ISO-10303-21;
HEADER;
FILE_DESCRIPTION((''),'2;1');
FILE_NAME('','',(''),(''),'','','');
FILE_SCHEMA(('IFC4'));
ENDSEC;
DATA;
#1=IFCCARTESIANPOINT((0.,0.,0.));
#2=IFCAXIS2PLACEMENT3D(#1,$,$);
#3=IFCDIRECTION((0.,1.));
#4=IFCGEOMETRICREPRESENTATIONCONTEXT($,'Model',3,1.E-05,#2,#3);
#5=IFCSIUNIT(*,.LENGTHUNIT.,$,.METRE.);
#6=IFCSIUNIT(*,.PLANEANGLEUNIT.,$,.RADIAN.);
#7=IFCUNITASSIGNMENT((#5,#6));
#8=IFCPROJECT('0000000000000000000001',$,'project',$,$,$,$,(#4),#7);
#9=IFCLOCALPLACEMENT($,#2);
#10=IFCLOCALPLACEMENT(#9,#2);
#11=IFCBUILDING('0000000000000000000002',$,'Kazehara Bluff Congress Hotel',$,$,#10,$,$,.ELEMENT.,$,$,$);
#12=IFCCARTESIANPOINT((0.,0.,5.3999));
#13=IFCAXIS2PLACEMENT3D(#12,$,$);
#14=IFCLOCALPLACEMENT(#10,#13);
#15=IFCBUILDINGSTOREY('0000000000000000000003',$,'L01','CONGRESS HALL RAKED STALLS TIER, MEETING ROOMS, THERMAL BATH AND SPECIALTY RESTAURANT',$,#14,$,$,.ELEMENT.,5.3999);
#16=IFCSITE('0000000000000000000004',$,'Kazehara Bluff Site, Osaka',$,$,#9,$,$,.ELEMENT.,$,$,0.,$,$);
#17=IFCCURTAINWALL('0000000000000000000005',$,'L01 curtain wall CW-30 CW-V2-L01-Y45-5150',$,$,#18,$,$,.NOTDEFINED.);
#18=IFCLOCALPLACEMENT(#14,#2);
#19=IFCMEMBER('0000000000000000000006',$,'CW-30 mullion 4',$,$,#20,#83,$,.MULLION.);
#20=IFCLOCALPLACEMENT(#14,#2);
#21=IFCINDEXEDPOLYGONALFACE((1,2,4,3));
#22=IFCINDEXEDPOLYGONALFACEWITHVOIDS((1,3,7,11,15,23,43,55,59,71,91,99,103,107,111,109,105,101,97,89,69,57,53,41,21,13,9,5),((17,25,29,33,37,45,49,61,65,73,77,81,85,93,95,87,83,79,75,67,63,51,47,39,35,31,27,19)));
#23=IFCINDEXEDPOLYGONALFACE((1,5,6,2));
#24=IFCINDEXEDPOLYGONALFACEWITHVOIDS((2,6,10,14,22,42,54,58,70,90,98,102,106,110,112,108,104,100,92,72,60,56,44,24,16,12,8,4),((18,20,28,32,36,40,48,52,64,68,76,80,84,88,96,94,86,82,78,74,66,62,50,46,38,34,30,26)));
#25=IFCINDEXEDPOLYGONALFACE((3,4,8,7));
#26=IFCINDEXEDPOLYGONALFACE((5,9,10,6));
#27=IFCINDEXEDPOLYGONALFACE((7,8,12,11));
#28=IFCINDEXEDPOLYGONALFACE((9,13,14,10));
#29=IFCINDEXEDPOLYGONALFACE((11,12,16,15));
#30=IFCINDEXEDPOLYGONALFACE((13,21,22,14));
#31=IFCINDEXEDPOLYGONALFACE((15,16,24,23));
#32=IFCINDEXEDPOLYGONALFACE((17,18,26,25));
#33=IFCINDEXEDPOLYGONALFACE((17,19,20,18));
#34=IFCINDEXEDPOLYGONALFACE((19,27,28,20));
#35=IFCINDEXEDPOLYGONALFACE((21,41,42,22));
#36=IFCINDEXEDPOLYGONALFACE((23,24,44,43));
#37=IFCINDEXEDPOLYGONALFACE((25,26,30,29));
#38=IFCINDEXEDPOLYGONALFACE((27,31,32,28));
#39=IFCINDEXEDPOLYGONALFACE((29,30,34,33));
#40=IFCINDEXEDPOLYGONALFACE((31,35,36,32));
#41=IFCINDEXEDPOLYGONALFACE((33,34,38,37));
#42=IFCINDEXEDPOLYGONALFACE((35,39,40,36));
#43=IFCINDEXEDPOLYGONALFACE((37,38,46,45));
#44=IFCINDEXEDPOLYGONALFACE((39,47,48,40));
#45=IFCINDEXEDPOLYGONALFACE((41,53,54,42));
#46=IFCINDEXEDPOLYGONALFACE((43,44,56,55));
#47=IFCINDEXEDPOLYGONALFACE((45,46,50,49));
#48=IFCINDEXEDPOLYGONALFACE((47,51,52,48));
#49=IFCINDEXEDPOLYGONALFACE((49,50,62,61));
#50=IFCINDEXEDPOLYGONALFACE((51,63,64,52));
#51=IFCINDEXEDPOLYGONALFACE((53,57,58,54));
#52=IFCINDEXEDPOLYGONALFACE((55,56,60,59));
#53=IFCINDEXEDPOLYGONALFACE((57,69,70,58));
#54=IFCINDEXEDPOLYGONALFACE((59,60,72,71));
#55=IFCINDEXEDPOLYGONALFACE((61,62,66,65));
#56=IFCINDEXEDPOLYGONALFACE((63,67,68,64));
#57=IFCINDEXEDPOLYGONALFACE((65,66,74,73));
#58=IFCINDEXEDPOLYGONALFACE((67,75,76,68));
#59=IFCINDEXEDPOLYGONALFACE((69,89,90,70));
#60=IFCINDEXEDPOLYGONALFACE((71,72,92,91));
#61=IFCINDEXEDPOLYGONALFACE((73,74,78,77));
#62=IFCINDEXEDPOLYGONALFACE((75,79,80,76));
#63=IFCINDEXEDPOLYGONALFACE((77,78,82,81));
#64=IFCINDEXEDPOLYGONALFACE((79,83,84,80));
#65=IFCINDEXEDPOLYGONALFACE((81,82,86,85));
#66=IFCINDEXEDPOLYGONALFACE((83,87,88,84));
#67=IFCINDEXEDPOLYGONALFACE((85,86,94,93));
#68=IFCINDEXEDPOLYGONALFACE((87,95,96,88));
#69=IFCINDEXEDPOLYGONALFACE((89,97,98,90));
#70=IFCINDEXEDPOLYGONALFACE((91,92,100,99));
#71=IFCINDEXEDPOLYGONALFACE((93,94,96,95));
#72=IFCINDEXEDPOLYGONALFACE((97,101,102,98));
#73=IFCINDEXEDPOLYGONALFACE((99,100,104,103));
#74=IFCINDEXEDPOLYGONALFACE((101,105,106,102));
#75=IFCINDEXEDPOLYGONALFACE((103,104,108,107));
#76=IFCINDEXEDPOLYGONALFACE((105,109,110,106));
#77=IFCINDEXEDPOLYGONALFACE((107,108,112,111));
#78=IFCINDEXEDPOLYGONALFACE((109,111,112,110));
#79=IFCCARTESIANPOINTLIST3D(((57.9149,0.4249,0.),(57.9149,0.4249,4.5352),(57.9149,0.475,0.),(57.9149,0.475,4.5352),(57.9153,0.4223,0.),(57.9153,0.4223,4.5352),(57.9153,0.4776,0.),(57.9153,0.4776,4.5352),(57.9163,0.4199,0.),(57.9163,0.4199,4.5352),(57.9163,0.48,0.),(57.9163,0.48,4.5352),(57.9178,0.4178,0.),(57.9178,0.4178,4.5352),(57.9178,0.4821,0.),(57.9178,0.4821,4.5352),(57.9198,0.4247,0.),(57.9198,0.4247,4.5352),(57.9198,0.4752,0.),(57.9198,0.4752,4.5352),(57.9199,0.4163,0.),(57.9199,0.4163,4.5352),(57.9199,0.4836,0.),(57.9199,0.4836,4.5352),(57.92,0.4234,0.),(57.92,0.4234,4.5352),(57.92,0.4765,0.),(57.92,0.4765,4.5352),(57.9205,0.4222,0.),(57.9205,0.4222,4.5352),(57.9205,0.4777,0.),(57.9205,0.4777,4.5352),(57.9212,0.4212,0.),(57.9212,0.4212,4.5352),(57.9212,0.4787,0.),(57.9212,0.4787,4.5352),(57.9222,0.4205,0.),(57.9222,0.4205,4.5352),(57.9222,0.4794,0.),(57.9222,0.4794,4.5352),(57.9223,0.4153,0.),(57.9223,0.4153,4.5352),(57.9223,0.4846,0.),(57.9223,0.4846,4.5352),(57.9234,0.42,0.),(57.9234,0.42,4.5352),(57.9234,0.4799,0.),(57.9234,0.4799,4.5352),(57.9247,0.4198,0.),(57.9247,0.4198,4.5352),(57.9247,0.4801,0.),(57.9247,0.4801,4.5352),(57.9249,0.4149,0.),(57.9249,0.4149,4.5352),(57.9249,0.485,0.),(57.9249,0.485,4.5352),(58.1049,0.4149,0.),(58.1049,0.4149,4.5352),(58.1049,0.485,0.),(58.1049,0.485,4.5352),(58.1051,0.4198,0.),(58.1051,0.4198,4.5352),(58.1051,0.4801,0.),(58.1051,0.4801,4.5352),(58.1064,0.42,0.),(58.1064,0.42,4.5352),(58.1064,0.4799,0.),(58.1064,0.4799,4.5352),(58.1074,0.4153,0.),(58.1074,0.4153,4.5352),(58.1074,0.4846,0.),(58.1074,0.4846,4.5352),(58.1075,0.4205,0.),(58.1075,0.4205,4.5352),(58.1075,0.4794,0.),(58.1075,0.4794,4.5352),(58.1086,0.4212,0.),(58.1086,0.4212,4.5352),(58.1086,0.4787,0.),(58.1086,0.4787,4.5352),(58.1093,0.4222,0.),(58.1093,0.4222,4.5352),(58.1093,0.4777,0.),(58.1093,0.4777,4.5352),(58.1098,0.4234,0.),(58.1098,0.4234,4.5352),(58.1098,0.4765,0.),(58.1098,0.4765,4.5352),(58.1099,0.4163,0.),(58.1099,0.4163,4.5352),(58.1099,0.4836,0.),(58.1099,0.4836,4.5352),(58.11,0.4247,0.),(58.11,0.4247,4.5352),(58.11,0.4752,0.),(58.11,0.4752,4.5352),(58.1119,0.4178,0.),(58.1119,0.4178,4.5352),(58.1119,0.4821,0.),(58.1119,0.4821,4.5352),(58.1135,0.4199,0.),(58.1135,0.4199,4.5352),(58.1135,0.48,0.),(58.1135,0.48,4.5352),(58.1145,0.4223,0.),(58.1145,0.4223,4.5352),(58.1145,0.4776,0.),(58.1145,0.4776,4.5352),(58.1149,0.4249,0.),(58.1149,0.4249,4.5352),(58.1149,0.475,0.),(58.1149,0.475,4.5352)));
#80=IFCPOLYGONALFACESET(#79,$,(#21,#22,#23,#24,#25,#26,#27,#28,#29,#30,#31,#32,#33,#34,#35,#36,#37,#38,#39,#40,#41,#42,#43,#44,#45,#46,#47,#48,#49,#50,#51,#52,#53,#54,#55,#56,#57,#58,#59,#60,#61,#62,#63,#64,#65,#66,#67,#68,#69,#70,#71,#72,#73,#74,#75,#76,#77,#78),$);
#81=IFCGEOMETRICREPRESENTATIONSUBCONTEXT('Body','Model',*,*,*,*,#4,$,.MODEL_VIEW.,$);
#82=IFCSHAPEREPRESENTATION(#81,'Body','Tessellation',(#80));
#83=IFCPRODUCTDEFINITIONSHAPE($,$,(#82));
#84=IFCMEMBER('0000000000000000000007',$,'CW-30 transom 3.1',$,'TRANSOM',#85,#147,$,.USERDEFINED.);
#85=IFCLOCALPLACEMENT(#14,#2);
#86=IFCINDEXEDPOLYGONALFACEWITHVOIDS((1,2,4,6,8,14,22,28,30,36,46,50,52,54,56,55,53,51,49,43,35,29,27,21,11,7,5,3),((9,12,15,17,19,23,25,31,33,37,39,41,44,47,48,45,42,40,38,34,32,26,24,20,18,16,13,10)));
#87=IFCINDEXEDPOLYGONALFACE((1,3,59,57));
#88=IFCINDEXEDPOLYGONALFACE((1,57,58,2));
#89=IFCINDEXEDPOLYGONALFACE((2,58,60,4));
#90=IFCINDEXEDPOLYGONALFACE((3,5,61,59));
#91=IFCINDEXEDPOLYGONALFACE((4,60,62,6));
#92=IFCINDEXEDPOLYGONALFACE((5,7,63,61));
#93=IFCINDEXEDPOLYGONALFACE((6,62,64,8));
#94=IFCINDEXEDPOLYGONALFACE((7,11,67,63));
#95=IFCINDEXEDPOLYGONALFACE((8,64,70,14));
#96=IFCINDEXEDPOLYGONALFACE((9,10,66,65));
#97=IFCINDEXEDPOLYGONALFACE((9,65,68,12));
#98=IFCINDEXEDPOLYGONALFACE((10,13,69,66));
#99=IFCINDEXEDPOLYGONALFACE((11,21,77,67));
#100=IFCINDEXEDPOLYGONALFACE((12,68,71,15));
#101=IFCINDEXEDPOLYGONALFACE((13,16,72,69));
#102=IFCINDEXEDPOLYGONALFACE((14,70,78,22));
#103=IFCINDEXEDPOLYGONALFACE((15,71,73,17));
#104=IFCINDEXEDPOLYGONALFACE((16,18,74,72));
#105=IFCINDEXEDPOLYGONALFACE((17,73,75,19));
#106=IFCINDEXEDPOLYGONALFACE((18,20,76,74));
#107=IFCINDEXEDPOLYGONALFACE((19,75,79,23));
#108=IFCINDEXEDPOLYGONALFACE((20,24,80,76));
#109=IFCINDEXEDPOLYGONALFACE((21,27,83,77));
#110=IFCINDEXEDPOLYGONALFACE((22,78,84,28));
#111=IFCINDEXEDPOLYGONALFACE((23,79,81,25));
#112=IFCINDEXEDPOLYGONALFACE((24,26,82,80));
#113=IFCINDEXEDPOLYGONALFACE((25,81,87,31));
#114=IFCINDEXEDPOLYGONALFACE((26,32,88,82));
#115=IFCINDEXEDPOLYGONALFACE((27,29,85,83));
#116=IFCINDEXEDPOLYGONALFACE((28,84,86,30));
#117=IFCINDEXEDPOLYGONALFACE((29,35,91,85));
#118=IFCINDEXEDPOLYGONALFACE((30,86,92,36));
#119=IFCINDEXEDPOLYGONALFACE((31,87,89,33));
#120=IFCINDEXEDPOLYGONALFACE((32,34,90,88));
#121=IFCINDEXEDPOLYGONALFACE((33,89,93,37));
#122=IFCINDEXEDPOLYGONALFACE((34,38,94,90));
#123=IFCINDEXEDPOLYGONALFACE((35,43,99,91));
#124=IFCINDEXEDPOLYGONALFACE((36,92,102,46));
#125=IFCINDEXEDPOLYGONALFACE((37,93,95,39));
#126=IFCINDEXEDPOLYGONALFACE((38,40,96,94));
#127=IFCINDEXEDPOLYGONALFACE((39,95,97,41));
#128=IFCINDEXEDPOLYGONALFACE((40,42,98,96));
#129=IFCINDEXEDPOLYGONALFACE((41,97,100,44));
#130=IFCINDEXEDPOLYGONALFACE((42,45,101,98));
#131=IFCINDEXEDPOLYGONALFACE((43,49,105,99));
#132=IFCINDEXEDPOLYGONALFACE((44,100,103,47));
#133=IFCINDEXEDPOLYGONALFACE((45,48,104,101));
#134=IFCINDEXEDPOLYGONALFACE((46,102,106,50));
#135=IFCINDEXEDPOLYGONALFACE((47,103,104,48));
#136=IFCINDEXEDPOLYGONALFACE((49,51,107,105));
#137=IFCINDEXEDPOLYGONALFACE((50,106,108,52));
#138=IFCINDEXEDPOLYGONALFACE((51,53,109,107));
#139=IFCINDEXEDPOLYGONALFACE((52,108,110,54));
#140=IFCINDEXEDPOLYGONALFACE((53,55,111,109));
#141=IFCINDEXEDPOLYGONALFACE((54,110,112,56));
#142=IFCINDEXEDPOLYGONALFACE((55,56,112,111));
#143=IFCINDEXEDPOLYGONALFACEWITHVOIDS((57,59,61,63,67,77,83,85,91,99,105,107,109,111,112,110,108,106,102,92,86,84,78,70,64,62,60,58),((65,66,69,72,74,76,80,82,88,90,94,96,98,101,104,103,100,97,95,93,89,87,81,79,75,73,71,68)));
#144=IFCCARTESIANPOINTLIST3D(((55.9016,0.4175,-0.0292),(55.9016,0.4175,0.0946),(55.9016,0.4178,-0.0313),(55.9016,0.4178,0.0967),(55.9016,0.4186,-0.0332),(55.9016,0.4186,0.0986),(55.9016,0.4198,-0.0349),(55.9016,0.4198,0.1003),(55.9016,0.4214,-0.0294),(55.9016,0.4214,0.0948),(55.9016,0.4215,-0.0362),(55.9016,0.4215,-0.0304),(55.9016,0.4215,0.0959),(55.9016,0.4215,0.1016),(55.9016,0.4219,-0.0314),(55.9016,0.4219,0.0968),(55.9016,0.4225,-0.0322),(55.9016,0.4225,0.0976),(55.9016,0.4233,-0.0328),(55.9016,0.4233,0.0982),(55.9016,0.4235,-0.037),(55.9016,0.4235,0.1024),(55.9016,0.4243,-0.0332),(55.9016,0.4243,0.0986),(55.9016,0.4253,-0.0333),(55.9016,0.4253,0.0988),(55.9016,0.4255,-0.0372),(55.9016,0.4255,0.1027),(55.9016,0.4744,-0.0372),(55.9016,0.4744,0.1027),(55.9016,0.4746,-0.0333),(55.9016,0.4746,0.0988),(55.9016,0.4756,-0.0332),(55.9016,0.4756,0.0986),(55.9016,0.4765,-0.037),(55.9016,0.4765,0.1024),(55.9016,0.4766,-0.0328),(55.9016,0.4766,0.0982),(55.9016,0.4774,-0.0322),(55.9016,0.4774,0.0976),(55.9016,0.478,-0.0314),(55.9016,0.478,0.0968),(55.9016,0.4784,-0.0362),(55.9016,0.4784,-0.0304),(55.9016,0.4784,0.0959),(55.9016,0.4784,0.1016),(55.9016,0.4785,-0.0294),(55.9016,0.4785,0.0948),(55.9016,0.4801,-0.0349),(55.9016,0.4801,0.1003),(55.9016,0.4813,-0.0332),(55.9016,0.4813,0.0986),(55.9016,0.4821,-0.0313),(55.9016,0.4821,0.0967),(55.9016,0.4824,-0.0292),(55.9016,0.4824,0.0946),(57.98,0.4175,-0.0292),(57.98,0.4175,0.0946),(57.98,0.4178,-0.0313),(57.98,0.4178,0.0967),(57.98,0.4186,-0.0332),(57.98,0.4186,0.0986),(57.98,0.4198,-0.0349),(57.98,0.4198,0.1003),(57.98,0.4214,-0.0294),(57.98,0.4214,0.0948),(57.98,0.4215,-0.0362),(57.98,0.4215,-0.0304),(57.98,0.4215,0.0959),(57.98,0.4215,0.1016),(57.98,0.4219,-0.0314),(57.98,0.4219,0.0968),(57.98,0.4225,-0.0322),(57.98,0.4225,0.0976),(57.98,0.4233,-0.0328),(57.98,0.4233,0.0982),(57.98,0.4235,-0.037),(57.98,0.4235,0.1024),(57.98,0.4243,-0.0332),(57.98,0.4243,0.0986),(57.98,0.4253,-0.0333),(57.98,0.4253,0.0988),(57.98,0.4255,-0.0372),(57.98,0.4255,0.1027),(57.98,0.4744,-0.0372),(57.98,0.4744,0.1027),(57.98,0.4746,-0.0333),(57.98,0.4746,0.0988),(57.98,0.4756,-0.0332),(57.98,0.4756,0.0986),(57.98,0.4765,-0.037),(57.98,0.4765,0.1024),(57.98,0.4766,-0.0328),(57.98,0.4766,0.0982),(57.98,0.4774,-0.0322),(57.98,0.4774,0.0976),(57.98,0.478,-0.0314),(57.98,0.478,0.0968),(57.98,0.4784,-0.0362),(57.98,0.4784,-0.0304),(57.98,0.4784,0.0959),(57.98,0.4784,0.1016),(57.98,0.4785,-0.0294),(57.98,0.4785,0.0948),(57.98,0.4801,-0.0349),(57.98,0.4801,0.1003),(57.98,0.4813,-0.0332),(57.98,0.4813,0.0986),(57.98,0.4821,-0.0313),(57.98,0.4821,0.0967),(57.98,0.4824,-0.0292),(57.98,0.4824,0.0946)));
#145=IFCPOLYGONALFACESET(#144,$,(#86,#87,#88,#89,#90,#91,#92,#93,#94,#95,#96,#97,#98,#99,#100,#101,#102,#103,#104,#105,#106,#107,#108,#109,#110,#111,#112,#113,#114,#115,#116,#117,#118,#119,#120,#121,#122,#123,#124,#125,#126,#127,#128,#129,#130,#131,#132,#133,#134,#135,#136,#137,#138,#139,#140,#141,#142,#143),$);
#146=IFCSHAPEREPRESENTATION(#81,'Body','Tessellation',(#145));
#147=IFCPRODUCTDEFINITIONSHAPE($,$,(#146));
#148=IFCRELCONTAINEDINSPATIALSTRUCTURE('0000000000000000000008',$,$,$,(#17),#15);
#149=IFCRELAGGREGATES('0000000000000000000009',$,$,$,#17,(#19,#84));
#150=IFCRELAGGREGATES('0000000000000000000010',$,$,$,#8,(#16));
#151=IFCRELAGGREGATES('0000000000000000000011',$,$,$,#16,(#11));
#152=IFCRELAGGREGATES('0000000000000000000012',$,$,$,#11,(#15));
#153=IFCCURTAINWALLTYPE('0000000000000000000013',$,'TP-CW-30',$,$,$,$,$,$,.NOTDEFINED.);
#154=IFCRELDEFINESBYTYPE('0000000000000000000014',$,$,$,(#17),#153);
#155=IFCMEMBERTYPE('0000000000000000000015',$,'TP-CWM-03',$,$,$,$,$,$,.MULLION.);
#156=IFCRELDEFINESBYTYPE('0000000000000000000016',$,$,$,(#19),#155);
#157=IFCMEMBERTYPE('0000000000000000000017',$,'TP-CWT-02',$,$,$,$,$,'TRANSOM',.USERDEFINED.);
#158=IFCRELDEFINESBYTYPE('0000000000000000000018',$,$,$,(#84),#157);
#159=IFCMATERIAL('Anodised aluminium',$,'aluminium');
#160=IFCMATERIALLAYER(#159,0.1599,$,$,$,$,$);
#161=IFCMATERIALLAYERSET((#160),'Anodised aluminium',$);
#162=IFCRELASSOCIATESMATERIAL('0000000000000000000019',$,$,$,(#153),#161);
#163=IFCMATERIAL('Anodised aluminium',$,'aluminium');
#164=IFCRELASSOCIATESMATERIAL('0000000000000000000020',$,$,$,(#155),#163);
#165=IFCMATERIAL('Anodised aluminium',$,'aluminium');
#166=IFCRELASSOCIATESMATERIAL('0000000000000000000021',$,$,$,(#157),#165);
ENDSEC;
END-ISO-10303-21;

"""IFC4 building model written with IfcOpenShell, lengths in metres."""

from ifc_helpers import new_model, si_unit, direction, frame, origin, origin_2d, place, context, subcontext, project, spatial, hollow_rectangle, extrude, material, layer, layer_set, material_profile, profile_set, type_object, element, aggregate, save


model = new_model("IFC4")

# Units and contexts
model_context = context("Model", 3, precision=1e-05, world=origin(), true_north=direction((0.0, 1.0)))
body_context = subcontext(model_context, "Body", "Model", "MODEL_VIEW")
ifc_project = project(units=[si_unit("LENGTHUNIT", "METRE"), si_unit("PLANEANGLEUNIT", "RADIAN")], contexts=[model_context])

# Site, building, storey
site_placement = place(None, origin())
site = spatial("IfcSite", under=ifc_project, at=site_placement, Name="Kazehara Bluff Site, Osaka", CompositionType="ELEMENT", RefElevation=0.0)
building_placement = place(site_placement, origin())
building = spatial("IfcBuilding", under=site, at=building_placement, Name="Kazehara Bluff Congress Hotel", CompositionType="ELEMENT")
storey_placement = place(building_placement, frame((0.0, 0.0, 5.3999)))
storey = spatial("IfcBuildingStorey", under=building, at=storey_placement, Name="L01", Description="CONGRESS HALL RAKED STALLS TIER, MEETING ROOMS, THERMAL BATH AND SPECIALTY RESTAURANT", CompositionType="ELEMENT", Elevation=5.3999)

# Curtain wall, members
ifc_material_1 = material(Name="Anodised aluminium", Category="aluminium")
ifc_layer_1 = layer(ifc_material_1, 0.1599)
ifc_layer_set_1 = layer_set([ifc_layer_1], Name="Anodised aluminium")
curtain_wall_type_1 = type_object("IfcCurtainWallType", Name="TP-CW-30", PredefinedType="NOTDEFINED", material=ifc_layer_set_1)
curtain_wall_1_placement = place(storey_placement, origin())
curtain_wall_1 = element("IfcCurtainWall", 1, at=curtain_wall_1_placement, inside=storey, type_object=curtain_wall_type_1, Name="L01 curtain wall CW-30 CW-V2-L01-Y45-5150", PredefinedType="NOTDEFINED")
ifc_material_2 = material(Name="Anodised aluminium", Category="aluminium")
ifc_material_profile_1 = material_profile(ifc_material_2, hollow_rectangle(XDim=0.0701, YDim=0.2, WallThickness=0.0049, InnerFilletRadius=0.0049, OuterFilletRadius=0.01, at=origin_2d()))
ifc_profile_set_1 = profile_set([ifc_material_profile_1], Name="Anodised aluminium")
member_type_1 = type_object("IfcMemberType", Name="TP-CWM-03", PredefinedType="MULLION", material=ifc_profile_set_1)
member_1_placement = place(storey_placement, frame((58.0149, 0.45, 0.0), z_axis=(0.0, 0.0, 1.0), x_axis=(0.0, 1.0, 0.0)))
member_1 = element("IfcMember", 2, at=member_1_placement, type_object=member_type_1, Name="CW-30 mullion 4", PredefinedType="MULLION", context=body_context, shape_type="SweptSolid", body=[
    extrude(hollow_rectangle(XDim=0.0701, YDim=0.2, WallThickness=0.0049, InnerFilletRadius=0.0049, OuterFilletRadius=0.01, at=origin_2d()), origin(), (0.0, 0.0, 1.0), 4.5352),
])
ifc_material_3 = material(Name="Anodised aluminium", Category="aluminium")
ifc_material_profile_2 = material_profile(ifc_material_3, hollow_rectangle(XDim=0.0649, YDim=0.1399, WallThickness=0.0039, InnerFilletRadius=0.0039, OuterFilletRadius=0.0081, at=origin_2d()))
ifc_profile_set_2 = profile_set([ifc_material_profile_2], Name="Anodised aluminium")
member_type_2 = type_object("IfcMemberType", Name="TP-CWT-02", ElementType="TRANSOM", PredefinedType="USERDEFINED", material=ifc_profile_set_2)
member_2_placement = place(storey_placement, frame((55.9016, 0.45, 0.0327), z_axis=(1.0, 0.0, 0.0), x_axis=(0.0, 1.0, 0.0)))
member_2 = element("IfcMember", 3, at=member_2_placement, type_object=member_type_2, Name="CW-30 transom 3.1", ObjectType="TRANSOM", PredefinedType="USERDEFINED", context=body_context, shape_type="SweptSolid", body=[
    extrude(hollow_rectangle(XDim=0.0649, YDim=0.1399, WallThickness=0.0039, InnerFilletRadius=0.0039, OuterFilletRadius=0.0081, at=origin_2d()), origin(), (0.0, 0.0, 1.0), 2.0784),
])

aggregate(curtain_wall_1, [member_1, member_2])

save(model, "model.ifc")
